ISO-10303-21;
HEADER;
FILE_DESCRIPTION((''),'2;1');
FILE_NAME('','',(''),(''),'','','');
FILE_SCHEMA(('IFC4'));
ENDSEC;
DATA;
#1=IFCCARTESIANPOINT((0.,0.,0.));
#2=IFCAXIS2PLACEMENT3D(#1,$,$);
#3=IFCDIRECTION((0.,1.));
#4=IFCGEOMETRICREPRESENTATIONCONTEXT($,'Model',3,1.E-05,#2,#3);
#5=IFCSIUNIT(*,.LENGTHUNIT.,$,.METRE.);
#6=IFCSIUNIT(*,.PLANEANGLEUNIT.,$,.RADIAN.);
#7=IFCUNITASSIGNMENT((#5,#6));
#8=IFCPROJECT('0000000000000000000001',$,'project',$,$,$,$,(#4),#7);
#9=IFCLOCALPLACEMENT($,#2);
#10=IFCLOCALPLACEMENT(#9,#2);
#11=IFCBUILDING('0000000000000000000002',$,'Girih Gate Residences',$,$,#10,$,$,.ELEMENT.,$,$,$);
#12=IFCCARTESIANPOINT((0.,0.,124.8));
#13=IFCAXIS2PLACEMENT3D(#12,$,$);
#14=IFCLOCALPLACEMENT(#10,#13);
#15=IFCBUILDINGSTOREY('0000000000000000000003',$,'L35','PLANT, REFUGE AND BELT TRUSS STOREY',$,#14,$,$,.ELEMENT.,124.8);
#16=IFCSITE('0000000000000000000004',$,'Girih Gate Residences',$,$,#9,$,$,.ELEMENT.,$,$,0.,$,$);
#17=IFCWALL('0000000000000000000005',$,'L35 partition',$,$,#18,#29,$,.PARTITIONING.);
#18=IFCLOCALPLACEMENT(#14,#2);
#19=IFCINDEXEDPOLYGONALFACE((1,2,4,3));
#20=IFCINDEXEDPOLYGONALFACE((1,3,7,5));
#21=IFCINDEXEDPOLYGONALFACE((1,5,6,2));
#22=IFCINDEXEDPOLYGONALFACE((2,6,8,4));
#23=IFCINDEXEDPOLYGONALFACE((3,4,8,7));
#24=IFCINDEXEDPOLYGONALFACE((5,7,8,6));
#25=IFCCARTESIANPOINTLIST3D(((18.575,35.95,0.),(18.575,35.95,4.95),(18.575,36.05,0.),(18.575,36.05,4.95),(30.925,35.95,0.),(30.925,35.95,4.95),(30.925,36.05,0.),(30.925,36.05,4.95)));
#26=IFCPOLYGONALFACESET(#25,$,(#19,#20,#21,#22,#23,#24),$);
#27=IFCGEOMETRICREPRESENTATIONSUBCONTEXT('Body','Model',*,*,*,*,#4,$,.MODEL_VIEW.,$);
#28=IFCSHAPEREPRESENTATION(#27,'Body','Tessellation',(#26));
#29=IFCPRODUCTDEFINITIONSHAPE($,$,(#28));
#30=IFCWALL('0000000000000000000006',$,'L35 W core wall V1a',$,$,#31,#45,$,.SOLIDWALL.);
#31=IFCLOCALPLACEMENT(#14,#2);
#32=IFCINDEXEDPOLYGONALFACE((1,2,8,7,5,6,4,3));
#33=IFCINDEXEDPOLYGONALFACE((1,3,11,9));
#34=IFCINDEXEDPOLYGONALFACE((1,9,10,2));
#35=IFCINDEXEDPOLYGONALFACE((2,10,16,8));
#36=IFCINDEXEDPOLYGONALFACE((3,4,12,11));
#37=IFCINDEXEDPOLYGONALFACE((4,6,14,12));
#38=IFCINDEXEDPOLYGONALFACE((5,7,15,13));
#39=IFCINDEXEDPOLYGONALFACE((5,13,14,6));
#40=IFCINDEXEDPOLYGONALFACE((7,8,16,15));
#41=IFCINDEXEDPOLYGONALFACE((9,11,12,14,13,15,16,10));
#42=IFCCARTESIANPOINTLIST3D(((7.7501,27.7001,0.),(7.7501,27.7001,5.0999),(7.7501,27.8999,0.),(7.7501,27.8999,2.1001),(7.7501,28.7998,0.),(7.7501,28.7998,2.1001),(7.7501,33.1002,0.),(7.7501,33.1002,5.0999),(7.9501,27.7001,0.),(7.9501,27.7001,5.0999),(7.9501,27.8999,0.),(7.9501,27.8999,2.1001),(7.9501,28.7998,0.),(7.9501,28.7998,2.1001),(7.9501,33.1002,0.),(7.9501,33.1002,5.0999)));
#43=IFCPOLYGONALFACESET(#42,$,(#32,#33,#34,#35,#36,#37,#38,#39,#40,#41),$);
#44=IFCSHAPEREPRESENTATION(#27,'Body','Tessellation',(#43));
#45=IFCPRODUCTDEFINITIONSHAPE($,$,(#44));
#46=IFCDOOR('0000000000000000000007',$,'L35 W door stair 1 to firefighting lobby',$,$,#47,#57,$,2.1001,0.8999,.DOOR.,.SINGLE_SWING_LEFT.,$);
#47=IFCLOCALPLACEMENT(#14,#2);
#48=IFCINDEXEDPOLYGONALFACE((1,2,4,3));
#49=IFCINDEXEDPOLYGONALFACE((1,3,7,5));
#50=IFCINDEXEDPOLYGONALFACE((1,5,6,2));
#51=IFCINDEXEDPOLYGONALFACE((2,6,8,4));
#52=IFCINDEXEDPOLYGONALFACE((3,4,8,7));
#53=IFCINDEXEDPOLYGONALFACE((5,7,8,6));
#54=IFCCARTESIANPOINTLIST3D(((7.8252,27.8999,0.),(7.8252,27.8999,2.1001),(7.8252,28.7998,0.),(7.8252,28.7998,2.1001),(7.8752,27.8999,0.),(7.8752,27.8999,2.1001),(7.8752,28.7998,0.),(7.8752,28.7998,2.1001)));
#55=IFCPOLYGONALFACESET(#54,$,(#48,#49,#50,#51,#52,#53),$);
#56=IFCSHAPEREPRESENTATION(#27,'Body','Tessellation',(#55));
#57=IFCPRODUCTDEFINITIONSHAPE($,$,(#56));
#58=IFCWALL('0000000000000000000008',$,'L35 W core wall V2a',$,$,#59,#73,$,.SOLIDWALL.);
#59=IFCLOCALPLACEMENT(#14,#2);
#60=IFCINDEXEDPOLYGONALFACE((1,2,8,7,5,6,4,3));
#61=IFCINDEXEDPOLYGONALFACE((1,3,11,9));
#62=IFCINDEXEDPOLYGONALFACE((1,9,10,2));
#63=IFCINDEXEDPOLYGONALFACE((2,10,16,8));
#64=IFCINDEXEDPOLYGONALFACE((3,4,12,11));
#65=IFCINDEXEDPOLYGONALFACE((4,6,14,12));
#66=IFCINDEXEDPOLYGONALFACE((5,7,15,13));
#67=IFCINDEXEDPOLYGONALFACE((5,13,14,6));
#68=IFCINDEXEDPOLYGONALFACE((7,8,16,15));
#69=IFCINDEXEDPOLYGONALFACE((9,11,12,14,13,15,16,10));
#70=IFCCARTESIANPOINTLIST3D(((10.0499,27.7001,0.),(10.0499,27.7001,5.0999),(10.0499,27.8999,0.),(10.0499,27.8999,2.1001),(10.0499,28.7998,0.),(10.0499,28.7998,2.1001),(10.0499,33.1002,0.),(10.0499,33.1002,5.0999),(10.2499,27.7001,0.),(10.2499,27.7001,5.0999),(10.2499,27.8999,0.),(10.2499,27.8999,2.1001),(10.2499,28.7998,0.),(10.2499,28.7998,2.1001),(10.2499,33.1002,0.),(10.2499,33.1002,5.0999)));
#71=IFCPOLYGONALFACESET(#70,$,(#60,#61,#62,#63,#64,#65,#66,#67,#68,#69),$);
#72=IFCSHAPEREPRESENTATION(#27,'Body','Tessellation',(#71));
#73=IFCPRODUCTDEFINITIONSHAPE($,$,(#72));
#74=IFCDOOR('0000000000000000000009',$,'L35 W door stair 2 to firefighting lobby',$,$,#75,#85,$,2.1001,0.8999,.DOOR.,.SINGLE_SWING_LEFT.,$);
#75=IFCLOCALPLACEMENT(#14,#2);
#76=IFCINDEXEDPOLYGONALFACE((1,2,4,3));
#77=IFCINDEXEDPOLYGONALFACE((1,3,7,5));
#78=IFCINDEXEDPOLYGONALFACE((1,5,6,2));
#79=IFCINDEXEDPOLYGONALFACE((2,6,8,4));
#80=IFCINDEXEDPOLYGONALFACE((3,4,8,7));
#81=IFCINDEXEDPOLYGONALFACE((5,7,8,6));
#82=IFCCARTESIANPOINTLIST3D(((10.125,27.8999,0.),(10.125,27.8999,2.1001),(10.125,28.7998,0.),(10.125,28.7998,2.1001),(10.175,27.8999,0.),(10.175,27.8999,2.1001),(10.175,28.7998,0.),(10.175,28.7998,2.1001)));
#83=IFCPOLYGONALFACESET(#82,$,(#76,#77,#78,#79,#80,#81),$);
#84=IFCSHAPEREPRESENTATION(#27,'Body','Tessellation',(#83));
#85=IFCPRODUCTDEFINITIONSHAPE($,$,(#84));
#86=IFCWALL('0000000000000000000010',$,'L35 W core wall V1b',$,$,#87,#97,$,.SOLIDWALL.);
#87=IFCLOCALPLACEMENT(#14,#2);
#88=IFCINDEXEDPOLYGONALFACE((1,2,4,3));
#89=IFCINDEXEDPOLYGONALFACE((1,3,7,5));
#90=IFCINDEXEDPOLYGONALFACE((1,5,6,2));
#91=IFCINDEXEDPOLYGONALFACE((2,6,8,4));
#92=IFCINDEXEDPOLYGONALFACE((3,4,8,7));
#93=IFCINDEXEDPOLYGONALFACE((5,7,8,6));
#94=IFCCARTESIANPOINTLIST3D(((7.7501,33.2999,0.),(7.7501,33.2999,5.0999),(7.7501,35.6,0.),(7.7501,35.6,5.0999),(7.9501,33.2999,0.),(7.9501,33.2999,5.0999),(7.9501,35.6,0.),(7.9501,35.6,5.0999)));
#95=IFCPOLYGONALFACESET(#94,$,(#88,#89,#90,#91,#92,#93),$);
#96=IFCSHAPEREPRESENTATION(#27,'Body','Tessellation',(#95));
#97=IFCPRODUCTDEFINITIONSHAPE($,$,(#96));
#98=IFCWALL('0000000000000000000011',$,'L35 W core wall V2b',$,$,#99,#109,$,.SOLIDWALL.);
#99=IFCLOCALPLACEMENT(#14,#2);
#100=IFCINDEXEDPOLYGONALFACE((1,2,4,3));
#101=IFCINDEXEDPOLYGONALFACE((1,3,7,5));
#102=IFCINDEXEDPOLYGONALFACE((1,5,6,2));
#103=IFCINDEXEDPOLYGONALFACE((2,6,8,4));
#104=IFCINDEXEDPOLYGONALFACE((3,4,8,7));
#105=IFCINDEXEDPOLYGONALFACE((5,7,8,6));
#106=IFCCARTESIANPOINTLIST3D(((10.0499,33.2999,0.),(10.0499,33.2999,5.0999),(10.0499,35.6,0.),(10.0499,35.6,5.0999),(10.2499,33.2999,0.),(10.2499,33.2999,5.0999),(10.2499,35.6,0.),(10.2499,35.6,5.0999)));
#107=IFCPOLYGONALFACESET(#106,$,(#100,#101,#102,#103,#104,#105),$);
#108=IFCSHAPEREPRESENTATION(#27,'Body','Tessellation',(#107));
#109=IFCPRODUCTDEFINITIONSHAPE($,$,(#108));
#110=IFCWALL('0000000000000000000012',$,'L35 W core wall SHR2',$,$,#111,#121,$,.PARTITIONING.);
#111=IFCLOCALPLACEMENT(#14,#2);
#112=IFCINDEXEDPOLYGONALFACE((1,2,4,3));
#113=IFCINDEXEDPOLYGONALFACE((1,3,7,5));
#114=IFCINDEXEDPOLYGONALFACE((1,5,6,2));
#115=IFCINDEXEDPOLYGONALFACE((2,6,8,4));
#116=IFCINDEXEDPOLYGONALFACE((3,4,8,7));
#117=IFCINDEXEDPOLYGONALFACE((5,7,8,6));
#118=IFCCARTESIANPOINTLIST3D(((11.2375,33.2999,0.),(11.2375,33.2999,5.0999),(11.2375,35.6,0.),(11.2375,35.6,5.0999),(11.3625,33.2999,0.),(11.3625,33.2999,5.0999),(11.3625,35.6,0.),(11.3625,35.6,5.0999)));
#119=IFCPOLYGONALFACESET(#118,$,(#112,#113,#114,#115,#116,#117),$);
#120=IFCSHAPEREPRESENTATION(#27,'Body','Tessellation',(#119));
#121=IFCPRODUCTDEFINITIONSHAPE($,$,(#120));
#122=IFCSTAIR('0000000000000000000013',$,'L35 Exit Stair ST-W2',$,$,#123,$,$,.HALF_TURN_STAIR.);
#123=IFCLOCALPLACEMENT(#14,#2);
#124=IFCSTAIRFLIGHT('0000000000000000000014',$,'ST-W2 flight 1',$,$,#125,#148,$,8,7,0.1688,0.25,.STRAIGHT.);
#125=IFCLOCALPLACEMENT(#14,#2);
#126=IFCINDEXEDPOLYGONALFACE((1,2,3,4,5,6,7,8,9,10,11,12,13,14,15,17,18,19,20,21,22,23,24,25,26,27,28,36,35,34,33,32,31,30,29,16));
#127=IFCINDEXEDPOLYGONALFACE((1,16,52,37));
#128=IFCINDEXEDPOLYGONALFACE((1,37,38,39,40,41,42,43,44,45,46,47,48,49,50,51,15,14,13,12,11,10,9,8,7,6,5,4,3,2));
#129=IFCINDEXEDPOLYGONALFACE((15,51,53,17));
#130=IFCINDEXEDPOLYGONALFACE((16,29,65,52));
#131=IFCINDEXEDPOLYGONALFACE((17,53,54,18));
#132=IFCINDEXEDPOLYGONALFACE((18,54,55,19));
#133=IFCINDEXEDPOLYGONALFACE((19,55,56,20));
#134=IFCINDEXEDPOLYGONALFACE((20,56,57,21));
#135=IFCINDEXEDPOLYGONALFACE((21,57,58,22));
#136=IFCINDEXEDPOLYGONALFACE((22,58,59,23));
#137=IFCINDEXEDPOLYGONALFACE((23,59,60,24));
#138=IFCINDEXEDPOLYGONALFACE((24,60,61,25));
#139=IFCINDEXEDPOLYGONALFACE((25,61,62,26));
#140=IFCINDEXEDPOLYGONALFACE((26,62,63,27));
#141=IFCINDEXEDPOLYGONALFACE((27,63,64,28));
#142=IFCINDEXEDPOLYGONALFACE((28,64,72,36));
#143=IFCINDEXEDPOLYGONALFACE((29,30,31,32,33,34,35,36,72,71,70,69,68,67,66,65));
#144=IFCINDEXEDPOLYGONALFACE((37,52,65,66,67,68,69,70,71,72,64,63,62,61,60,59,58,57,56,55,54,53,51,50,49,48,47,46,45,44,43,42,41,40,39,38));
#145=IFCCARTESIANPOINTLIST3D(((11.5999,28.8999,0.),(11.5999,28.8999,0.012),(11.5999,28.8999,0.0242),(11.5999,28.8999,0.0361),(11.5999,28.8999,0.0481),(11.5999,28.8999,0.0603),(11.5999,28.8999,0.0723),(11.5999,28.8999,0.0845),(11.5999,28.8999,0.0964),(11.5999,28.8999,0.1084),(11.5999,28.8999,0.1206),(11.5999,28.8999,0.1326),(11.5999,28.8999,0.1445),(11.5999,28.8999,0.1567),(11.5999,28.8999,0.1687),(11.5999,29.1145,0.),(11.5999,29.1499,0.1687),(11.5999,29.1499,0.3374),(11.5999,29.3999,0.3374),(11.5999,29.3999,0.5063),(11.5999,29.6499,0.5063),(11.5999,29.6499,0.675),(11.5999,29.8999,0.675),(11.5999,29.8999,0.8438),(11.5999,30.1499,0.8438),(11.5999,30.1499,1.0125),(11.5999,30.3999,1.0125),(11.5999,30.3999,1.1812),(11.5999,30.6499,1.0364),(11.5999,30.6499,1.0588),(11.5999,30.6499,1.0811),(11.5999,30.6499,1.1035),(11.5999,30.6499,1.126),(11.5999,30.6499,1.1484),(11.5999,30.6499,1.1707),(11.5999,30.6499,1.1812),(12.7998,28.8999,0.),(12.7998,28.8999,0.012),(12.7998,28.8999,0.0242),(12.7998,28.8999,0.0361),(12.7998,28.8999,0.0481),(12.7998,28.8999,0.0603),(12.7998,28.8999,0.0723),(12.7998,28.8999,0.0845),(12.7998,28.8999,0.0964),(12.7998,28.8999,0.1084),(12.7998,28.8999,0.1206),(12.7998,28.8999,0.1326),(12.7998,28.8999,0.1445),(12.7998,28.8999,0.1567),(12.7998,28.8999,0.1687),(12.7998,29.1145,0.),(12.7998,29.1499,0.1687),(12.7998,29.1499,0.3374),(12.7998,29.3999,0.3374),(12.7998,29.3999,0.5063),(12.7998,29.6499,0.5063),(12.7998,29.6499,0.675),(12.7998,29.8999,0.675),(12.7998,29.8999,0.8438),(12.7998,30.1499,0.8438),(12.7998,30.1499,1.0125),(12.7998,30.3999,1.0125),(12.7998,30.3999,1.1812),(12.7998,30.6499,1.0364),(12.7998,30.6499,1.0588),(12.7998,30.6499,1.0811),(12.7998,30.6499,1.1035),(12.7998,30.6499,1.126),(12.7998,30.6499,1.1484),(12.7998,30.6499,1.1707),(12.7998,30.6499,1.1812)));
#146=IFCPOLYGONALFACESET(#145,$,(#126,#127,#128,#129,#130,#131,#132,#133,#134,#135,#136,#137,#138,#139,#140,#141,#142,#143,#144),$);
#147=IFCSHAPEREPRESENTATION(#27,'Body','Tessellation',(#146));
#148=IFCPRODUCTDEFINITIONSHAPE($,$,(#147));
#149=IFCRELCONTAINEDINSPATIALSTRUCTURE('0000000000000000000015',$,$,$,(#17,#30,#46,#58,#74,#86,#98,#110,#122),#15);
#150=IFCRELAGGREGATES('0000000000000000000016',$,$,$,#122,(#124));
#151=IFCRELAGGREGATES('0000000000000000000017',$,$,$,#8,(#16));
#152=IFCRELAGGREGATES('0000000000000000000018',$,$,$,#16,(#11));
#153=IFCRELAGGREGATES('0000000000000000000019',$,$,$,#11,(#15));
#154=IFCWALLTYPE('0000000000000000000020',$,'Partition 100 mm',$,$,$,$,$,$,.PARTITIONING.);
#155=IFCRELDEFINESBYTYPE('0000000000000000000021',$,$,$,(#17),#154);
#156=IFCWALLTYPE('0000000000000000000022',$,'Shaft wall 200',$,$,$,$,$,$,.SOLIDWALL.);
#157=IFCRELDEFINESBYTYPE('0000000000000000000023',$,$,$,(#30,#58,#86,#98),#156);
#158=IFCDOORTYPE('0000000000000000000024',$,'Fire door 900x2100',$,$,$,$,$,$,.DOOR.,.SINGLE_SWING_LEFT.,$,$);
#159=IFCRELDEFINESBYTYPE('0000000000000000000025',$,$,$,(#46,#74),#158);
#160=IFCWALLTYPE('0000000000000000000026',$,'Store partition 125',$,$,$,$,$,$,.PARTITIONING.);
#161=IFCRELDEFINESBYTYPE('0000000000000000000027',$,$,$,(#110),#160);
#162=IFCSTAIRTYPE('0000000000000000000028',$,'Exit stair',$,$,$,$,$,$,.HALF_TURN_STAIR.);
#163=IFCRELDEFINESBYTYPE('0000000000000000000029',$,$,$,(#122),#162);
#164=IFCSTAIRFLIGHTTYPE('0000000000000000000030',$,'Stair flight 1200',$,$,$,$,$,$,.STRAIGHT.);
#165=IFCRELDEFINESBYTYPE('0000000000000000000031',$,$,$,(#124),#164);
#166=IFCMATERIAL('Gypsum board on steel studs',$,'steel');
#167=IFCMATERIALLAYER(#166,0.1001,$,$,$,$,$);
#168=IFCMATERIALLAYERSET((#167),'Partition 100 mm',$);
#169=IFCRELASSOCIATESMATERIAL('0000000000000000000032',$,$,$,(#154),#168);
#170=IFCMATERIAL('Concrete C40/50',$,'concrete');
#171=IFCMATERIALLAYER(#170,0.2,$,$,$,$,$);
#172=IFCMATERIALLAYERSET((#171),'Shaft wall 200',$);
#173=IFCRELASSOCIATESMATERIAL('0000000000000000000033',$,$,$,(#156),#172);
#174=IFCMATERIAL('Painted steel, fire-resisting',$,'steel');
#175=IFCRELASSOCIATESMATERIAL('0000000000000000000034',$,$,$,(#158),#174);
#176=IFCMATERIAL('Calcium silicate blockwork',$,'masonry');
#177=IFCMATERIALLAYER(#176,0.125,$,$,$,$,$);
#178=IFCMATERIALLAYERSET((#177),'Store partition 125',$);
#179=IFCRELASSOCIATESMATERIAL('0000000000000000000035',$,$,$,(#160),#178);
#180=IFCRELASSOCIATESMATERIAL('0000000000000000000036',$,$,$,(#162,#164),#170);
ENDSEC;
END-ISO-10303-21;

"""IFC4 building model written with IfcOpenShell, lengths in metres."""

from ifc_helpers import new_model, si_unit, direction, frame, frame_2d, origin, place, context, subcontext, project, spatial, polyline, rectangle, outline, extrude, material, layer, layer_set, type_object, element, fill, aggregate, save


model = new_model("IFC4")

# Units and contexts
model_context = context("Model", 3, precision=1e-05, world=origin(), true_north=direction((0.0, 1.0)))
body_context = subcontext(model_context, "Body", "Model", "MODEL_VIEW")
ifc_project = project(units=[si_unit("LENGTHUNIT", "METRE"), si_unit("PLANEANGLEUNIT", "RADIAN")], contexts=[model_context])

# Site, building, storey
site_placement = place(None, origin())
site = spatial("IfcSite", under=ifc_project, at=site_placement, Name="Girih Gate Residences", CompositionType="ELEMENT", RefElevation=0.0)
building_placement = place(site_placement, origin())
building = spatial("IfcBuilding", under=site, at=building_placement, Name="Girih Gate Residences", CompositionType="ELEMENT")
storey_placement = place(building_placement, frame((0.0, 0.0, 124.8)))
storey = spatial("IfcBuildingStorey", under=building, at=storey_placement, Name="L35", Description="PLANT, REFUGE AND BELT TRUSS STOREY", CompositionType="ELEMENT", Elevation=124.8)

# Shared definitions
ifc_material_1 = material(Name="Gypsum board on steel studs", Category="steel")
ifc_material_2 = material(Name="Painted steel, fire-resisting", Category="steel")

# Wall
ifc_layer_1 = layer(ifc_material_1, 0.1001)
ifc_layer_set_1 = layer_set([ifc_layer_1], Name="Partition 100 mm")
wall_type_1 = type_object("IfcWallType", Name="Partition 100 mm", PredefinedType="PARTITIONING", material=ifc_layer_set_1)
wall_1_placement = place(storey_placement, frame((18.575, 36.0, 0.0), z_axis=(0.0, 0.0, 1.0), x_axis=(1.0, 0.0, 0.0)))
element("IfcWall", 1, at=wall_1_placement, inside=storey, type_object=wall_type_1, Name="L35 partition", PredefinedType="PARTITIONING", context=body_context, shape_type="SweptSolid", body=[
    extrude(rectangle(XDim=12.3501, YDim=0.1001, at=frame_2d((6.175, 0.0))), origin(), (0.0, 0.0, 1.0), 4.95),
])

# Walls, openings, doors
ifc_material_3 = material(Name="Concrete C40/50", Category="concrete")
ifc_layer_2 = layer(ifc_material_3, 0.2)
ifc_layer_set_2 = layer_set([ifc_layer_2], Name="Shaft wall 200")
wall_type_2 = type_object("IfcWallType", Name="Shaft wall 200", PredefinedType="SOLIDWALL", material=ifc_layer_set_2)
wall_2_placement = place(storey_placement, frame((7.8501, 27.7, 0.0), z_axis=(0.0, 0.0, 1.0), x_axis=(0.0, 1.0, 0.0)))
wall_2 = element("IfcWall", 2, at=wall_2_placement, inside=storey, type_object=wall_type_2, Name="L35 W core wall V1a", PredefinedType="SOLIDWALL", context=body_context, shape_type="SweptSolid", body=[
    extrude(rectangle(XDim=5.4001, YDim=0.2, at=frame_2d((2.7002, 0.0))), origin(), (0.0, 0.0, 1.0), 5.0999),
])
opening_1_placement = place(wall_2_placement, frame((0.2, 0.0, 0.0)))
opening_1 = element("IfcOpeningElement", 3, at=opening_1_placement, cuts=wall_2, PredefinedType="OPENING", context=body_context, shape_type="SweptSolid", body=[
    extrude(rectangle(XDim=0.8999, YDim=2.1001, at=frame_2d((0.45, 1.05))), frame((0.0, 0.1099, 0.0), z_axis=(0.0, -1.0, 0.0), x_axis=(1.0, 0.0, 0.0)), (0.0, 0.0, 1.0), 0.22),
])
door_type_1 = type_object("IfcDoorType", Name="Fire door 900x2100", OperationType="SINGLE_SWING_LEFT", PredefinedType="DOOR", material=ifc_material_2)
door_1_placement = place(opening_1_placement, origin())
door_1 = element("IfcDoor", 4, at=door_1_placement, inside=storey, type_object=door_type_1, Name="L35 W door stair 1 to firefighting lobby", OperationType="SINGLE_SWING_LEFT", OverallHeight=2.1001, OverallWidth=0.8999, PredefinedType="DOOR", context=body_context, shape_type="SweptSolid", body=[
    extrude(rectangle(XDim=0.8999, YDim=2.1001, at=frame_2d((0.45, 1.05))), frame((0.0, 0.0249, 0.0), z_axis=(0.0, -1.0, 0.0), x_axis=(1.0, 0.0, 0.0)), (0.0, 0.0, 1.0), 0.05),
])
fill(opening_1, door_1)
wall_3_placement = place(storey_placement, frame((10.1499, 27.7, 0.0), z_axis=(0.0, 0.0, 1.0), x_axis=(0.0, 1.0, 0.0)))
wall_3 = element("IfcWall", 5, at=wall_3_placement, inside=storey, type_object=wall_type_2, Name="L35 W core wall V2a", PredefinedType="SOLIDWALL", context=body_context, shape_type="SweptSolid", body=[
    extrude(rectangle(XDim=5.4001, YDim=0.2, at=frame_2d((2.7002, 0.0))), origin(), (0.0, 0.0, 1.0), 5.0999),
])
opening_2_placement = place(wall_3_placement, frame((0.2, 0.0, 0.0)))
opening_2 = element("IfcOpeningElement", 6, at=opening_2_placement, cuts=wall_3, PredefinedType="OPENING", context=body_context, shape_type="SweptSolid", body=[
    extrude(rectangle(XDim=0.8999, YDim=2.1001, at=frame_2d((0.45, 1.05))), frame((0.0, 0.1099, 0.0), z_axis=(0.0, -1.0, 0.0), x_axis=(1.0, 0.0, 0.0)), (0.0, 0.0, 1.0), 0.22),
])
door_2_placement = place(opening_2_placement, origin())
door_2 = element("IfcDoor", 7, at=door_2_placement, inside=storey, type_object=door_type_1, Name="L35 W door stair 2 to firefighting lobby", OperationType="SINGLE_SWING_LEFT", OverallHeight=2.1001, OverallWidth=0.8999, PredefinedType="DOOR", context=body_context, shape_type="SweptSolid", body=[
    extrude(rectangle(XDim=0.8999, YDim=2.1001, at=frame_2d((0.45, 1.05))), frame((0.0, 0.0249, 0.0), z_axis=(0.0, -1.0, 0.0), x_axis=(1.0, 0.0, 0.0)), (0.0, 0.0, 1.0), 0.05),
])
fill(opening_2, door_2)

# Walls
for number, where, z_axis, x_axis, name in (
    (8, (7.8501, 33.3, 0.0), (0.0, 0.0, 1.0), (0.0, 1.0, 0.0), "L35 W core wall V1b"),
    (9, (10.1499, 33.3, 0.0), (0.0, 0.0, 1.0), (0.0, 1.0, 0.0), "L35 W core wall V2b"),
):
    element("IfcWall", number, at=place(storey_placement, frame(where, z_axis=z_axis, x_axis=x_axis)), inside=storey, type_object=wall_type_2, Name=name, PredefinedType="SOLIDWALL", context=body_context, shape_type="SweptSolid", body=[
        extrude(rectangle(XDim=2.3, YDim=0.2, at=frame_2d((1.1499, 0.0))), origin(), (0.0, 0.0, 1.0), 5.0999),
    ])
ifc_material_4 = material(Name="Calcium silicate blockwork", Category="masonry")
ifc_layer_3 = layer(ifc_material_4, 0.125)
ifc_layer_set_3 = layer_set([ifc_layer_3], Name="Store partition 125")
wall_type_3 = type_object("IfcWallType", Name="Store partition 125", PredefinedType="PARTITIONING", material=ifc_layer_set_3)
wall_4_placement = place(storey_placement, frame((11.3, 33.3, 0.0), z_axis=(0.0, 0.0, 1.0), x_axis=(0.0, 1.0, 0.0)))
element("IfcWall", 10, at=wall_4_placement, inside=storey, type_object=wall_type_3, Name="L35 W core wall SHR2", PredefinedType="PARTITIONING", context=body_context, shape_type="SweptSolid", body=[
    extrude(rectangle(XDim=2.3, YDim=0.125, at=frame_2d((1.1499, 0.0))), origin(), (0.0, 0.0, 1.0), 5.0999),
])

# Stair, stair flight
stair_type = type_object("IfcStairType", Name="Exit stair", PredefinedType="HALF_TURN_STAIR", material=ifc_material_3)
stair_placement = place(storey_placement, origin())
stair = element("IfcStair", 11, at=stair_placement, inside=storey, type_object=stair_type, Name="L35 Exit Stair ST-W2", PredefinedType="HALF_TURN_STAIR")
stair_flight_type = type_object("IfcStairFlightType", Name="Stair flight 1200", PredefinedType="STRAIGHT", material=ifc_material_3)
stair_flight_1_placement = place(storey_placement, frame((12.2, 28.8999, 0.0), z_axis=(0.0, 0.0, 1.0), x_axis=(0.0, 1.0, 0.0)))
stair_flight_1 = element("IfcStairFlight", 12, at=stair_flight_1_placement, type_object=stair_flight_type, Name="ST-W2 flight 1", NumberOfRisers=8, NumberOfTreads=7, PredefinedType="STRAIGHT", RiserHeight=0.1688, TreadLength=0.25, context=body_context, shape_type="SweptSolid", body=[
    extrude(outline(polyline([(0.0, 0.0), (0.0, 0.012), (0.0, 0.0242), (0.0, 0.0361), (0.0, 0.0481), (0.0, 0.0603), (0.0, 0.0723), (0.0, 0.0845), (0.0, 0.0964), (0.0, 0.1084), (0.0, 0.1206), (0.0, 0.1326), (0.0, 0.1445), (0.0, 0.1567), (0.0, 0.1687), (0.25, 0.1687), (0.25, 0.3374), (0.5, 0.3374), (0.5, 0.5063), (0.75, 0.5063), (0.75, 0.675), (1.0, 0.675), (1.0, 0.8438), (1.25, 0.8438), (1.25, 1.0125), (1.5, 1.0125), (1.5, 1.1812), (1.75, 1.1812), (1.75, 1.1934), (1.75, 1.2053), (1.75, 1.2175), (1.75, 1.2295), (1.75, 1.2415), (1.75, 1.2537), (1.75, 1.2656), (1.75, 1.2776), (1.75, 1.2898), (1.75, 1.3018), (1.75, 1.3137), (1.75, 1.3259), (1.75, 1.3379), (1.75, 1.3501), (1.75, 1.3276), (1.75, 1.3052), (1.75, 1.2827), (1.75, 1.2605), (1.75, 1.238), (1.75, 1.2156), (1.75, 1.1931), (1.75, 1.1707), (1.75, 1.1484), (1.75, 1.126), (1.75, 1.1035), (1.75, 1.0811), (1.75, 1.0588), (1.75, 1.0364), (0.2146, 0.0), (0.0, 0.0)])), frame((0.0, 0.6001, 0.0), z_axis=(0.0, -1.0, 0.0), x_axis=(1.0, 0.0, 0.0)), (0.0, 0.0, 1.0), 1.2),
])
aggregate(stair, [stair_flight_1])

save(model, "model.ifc")
